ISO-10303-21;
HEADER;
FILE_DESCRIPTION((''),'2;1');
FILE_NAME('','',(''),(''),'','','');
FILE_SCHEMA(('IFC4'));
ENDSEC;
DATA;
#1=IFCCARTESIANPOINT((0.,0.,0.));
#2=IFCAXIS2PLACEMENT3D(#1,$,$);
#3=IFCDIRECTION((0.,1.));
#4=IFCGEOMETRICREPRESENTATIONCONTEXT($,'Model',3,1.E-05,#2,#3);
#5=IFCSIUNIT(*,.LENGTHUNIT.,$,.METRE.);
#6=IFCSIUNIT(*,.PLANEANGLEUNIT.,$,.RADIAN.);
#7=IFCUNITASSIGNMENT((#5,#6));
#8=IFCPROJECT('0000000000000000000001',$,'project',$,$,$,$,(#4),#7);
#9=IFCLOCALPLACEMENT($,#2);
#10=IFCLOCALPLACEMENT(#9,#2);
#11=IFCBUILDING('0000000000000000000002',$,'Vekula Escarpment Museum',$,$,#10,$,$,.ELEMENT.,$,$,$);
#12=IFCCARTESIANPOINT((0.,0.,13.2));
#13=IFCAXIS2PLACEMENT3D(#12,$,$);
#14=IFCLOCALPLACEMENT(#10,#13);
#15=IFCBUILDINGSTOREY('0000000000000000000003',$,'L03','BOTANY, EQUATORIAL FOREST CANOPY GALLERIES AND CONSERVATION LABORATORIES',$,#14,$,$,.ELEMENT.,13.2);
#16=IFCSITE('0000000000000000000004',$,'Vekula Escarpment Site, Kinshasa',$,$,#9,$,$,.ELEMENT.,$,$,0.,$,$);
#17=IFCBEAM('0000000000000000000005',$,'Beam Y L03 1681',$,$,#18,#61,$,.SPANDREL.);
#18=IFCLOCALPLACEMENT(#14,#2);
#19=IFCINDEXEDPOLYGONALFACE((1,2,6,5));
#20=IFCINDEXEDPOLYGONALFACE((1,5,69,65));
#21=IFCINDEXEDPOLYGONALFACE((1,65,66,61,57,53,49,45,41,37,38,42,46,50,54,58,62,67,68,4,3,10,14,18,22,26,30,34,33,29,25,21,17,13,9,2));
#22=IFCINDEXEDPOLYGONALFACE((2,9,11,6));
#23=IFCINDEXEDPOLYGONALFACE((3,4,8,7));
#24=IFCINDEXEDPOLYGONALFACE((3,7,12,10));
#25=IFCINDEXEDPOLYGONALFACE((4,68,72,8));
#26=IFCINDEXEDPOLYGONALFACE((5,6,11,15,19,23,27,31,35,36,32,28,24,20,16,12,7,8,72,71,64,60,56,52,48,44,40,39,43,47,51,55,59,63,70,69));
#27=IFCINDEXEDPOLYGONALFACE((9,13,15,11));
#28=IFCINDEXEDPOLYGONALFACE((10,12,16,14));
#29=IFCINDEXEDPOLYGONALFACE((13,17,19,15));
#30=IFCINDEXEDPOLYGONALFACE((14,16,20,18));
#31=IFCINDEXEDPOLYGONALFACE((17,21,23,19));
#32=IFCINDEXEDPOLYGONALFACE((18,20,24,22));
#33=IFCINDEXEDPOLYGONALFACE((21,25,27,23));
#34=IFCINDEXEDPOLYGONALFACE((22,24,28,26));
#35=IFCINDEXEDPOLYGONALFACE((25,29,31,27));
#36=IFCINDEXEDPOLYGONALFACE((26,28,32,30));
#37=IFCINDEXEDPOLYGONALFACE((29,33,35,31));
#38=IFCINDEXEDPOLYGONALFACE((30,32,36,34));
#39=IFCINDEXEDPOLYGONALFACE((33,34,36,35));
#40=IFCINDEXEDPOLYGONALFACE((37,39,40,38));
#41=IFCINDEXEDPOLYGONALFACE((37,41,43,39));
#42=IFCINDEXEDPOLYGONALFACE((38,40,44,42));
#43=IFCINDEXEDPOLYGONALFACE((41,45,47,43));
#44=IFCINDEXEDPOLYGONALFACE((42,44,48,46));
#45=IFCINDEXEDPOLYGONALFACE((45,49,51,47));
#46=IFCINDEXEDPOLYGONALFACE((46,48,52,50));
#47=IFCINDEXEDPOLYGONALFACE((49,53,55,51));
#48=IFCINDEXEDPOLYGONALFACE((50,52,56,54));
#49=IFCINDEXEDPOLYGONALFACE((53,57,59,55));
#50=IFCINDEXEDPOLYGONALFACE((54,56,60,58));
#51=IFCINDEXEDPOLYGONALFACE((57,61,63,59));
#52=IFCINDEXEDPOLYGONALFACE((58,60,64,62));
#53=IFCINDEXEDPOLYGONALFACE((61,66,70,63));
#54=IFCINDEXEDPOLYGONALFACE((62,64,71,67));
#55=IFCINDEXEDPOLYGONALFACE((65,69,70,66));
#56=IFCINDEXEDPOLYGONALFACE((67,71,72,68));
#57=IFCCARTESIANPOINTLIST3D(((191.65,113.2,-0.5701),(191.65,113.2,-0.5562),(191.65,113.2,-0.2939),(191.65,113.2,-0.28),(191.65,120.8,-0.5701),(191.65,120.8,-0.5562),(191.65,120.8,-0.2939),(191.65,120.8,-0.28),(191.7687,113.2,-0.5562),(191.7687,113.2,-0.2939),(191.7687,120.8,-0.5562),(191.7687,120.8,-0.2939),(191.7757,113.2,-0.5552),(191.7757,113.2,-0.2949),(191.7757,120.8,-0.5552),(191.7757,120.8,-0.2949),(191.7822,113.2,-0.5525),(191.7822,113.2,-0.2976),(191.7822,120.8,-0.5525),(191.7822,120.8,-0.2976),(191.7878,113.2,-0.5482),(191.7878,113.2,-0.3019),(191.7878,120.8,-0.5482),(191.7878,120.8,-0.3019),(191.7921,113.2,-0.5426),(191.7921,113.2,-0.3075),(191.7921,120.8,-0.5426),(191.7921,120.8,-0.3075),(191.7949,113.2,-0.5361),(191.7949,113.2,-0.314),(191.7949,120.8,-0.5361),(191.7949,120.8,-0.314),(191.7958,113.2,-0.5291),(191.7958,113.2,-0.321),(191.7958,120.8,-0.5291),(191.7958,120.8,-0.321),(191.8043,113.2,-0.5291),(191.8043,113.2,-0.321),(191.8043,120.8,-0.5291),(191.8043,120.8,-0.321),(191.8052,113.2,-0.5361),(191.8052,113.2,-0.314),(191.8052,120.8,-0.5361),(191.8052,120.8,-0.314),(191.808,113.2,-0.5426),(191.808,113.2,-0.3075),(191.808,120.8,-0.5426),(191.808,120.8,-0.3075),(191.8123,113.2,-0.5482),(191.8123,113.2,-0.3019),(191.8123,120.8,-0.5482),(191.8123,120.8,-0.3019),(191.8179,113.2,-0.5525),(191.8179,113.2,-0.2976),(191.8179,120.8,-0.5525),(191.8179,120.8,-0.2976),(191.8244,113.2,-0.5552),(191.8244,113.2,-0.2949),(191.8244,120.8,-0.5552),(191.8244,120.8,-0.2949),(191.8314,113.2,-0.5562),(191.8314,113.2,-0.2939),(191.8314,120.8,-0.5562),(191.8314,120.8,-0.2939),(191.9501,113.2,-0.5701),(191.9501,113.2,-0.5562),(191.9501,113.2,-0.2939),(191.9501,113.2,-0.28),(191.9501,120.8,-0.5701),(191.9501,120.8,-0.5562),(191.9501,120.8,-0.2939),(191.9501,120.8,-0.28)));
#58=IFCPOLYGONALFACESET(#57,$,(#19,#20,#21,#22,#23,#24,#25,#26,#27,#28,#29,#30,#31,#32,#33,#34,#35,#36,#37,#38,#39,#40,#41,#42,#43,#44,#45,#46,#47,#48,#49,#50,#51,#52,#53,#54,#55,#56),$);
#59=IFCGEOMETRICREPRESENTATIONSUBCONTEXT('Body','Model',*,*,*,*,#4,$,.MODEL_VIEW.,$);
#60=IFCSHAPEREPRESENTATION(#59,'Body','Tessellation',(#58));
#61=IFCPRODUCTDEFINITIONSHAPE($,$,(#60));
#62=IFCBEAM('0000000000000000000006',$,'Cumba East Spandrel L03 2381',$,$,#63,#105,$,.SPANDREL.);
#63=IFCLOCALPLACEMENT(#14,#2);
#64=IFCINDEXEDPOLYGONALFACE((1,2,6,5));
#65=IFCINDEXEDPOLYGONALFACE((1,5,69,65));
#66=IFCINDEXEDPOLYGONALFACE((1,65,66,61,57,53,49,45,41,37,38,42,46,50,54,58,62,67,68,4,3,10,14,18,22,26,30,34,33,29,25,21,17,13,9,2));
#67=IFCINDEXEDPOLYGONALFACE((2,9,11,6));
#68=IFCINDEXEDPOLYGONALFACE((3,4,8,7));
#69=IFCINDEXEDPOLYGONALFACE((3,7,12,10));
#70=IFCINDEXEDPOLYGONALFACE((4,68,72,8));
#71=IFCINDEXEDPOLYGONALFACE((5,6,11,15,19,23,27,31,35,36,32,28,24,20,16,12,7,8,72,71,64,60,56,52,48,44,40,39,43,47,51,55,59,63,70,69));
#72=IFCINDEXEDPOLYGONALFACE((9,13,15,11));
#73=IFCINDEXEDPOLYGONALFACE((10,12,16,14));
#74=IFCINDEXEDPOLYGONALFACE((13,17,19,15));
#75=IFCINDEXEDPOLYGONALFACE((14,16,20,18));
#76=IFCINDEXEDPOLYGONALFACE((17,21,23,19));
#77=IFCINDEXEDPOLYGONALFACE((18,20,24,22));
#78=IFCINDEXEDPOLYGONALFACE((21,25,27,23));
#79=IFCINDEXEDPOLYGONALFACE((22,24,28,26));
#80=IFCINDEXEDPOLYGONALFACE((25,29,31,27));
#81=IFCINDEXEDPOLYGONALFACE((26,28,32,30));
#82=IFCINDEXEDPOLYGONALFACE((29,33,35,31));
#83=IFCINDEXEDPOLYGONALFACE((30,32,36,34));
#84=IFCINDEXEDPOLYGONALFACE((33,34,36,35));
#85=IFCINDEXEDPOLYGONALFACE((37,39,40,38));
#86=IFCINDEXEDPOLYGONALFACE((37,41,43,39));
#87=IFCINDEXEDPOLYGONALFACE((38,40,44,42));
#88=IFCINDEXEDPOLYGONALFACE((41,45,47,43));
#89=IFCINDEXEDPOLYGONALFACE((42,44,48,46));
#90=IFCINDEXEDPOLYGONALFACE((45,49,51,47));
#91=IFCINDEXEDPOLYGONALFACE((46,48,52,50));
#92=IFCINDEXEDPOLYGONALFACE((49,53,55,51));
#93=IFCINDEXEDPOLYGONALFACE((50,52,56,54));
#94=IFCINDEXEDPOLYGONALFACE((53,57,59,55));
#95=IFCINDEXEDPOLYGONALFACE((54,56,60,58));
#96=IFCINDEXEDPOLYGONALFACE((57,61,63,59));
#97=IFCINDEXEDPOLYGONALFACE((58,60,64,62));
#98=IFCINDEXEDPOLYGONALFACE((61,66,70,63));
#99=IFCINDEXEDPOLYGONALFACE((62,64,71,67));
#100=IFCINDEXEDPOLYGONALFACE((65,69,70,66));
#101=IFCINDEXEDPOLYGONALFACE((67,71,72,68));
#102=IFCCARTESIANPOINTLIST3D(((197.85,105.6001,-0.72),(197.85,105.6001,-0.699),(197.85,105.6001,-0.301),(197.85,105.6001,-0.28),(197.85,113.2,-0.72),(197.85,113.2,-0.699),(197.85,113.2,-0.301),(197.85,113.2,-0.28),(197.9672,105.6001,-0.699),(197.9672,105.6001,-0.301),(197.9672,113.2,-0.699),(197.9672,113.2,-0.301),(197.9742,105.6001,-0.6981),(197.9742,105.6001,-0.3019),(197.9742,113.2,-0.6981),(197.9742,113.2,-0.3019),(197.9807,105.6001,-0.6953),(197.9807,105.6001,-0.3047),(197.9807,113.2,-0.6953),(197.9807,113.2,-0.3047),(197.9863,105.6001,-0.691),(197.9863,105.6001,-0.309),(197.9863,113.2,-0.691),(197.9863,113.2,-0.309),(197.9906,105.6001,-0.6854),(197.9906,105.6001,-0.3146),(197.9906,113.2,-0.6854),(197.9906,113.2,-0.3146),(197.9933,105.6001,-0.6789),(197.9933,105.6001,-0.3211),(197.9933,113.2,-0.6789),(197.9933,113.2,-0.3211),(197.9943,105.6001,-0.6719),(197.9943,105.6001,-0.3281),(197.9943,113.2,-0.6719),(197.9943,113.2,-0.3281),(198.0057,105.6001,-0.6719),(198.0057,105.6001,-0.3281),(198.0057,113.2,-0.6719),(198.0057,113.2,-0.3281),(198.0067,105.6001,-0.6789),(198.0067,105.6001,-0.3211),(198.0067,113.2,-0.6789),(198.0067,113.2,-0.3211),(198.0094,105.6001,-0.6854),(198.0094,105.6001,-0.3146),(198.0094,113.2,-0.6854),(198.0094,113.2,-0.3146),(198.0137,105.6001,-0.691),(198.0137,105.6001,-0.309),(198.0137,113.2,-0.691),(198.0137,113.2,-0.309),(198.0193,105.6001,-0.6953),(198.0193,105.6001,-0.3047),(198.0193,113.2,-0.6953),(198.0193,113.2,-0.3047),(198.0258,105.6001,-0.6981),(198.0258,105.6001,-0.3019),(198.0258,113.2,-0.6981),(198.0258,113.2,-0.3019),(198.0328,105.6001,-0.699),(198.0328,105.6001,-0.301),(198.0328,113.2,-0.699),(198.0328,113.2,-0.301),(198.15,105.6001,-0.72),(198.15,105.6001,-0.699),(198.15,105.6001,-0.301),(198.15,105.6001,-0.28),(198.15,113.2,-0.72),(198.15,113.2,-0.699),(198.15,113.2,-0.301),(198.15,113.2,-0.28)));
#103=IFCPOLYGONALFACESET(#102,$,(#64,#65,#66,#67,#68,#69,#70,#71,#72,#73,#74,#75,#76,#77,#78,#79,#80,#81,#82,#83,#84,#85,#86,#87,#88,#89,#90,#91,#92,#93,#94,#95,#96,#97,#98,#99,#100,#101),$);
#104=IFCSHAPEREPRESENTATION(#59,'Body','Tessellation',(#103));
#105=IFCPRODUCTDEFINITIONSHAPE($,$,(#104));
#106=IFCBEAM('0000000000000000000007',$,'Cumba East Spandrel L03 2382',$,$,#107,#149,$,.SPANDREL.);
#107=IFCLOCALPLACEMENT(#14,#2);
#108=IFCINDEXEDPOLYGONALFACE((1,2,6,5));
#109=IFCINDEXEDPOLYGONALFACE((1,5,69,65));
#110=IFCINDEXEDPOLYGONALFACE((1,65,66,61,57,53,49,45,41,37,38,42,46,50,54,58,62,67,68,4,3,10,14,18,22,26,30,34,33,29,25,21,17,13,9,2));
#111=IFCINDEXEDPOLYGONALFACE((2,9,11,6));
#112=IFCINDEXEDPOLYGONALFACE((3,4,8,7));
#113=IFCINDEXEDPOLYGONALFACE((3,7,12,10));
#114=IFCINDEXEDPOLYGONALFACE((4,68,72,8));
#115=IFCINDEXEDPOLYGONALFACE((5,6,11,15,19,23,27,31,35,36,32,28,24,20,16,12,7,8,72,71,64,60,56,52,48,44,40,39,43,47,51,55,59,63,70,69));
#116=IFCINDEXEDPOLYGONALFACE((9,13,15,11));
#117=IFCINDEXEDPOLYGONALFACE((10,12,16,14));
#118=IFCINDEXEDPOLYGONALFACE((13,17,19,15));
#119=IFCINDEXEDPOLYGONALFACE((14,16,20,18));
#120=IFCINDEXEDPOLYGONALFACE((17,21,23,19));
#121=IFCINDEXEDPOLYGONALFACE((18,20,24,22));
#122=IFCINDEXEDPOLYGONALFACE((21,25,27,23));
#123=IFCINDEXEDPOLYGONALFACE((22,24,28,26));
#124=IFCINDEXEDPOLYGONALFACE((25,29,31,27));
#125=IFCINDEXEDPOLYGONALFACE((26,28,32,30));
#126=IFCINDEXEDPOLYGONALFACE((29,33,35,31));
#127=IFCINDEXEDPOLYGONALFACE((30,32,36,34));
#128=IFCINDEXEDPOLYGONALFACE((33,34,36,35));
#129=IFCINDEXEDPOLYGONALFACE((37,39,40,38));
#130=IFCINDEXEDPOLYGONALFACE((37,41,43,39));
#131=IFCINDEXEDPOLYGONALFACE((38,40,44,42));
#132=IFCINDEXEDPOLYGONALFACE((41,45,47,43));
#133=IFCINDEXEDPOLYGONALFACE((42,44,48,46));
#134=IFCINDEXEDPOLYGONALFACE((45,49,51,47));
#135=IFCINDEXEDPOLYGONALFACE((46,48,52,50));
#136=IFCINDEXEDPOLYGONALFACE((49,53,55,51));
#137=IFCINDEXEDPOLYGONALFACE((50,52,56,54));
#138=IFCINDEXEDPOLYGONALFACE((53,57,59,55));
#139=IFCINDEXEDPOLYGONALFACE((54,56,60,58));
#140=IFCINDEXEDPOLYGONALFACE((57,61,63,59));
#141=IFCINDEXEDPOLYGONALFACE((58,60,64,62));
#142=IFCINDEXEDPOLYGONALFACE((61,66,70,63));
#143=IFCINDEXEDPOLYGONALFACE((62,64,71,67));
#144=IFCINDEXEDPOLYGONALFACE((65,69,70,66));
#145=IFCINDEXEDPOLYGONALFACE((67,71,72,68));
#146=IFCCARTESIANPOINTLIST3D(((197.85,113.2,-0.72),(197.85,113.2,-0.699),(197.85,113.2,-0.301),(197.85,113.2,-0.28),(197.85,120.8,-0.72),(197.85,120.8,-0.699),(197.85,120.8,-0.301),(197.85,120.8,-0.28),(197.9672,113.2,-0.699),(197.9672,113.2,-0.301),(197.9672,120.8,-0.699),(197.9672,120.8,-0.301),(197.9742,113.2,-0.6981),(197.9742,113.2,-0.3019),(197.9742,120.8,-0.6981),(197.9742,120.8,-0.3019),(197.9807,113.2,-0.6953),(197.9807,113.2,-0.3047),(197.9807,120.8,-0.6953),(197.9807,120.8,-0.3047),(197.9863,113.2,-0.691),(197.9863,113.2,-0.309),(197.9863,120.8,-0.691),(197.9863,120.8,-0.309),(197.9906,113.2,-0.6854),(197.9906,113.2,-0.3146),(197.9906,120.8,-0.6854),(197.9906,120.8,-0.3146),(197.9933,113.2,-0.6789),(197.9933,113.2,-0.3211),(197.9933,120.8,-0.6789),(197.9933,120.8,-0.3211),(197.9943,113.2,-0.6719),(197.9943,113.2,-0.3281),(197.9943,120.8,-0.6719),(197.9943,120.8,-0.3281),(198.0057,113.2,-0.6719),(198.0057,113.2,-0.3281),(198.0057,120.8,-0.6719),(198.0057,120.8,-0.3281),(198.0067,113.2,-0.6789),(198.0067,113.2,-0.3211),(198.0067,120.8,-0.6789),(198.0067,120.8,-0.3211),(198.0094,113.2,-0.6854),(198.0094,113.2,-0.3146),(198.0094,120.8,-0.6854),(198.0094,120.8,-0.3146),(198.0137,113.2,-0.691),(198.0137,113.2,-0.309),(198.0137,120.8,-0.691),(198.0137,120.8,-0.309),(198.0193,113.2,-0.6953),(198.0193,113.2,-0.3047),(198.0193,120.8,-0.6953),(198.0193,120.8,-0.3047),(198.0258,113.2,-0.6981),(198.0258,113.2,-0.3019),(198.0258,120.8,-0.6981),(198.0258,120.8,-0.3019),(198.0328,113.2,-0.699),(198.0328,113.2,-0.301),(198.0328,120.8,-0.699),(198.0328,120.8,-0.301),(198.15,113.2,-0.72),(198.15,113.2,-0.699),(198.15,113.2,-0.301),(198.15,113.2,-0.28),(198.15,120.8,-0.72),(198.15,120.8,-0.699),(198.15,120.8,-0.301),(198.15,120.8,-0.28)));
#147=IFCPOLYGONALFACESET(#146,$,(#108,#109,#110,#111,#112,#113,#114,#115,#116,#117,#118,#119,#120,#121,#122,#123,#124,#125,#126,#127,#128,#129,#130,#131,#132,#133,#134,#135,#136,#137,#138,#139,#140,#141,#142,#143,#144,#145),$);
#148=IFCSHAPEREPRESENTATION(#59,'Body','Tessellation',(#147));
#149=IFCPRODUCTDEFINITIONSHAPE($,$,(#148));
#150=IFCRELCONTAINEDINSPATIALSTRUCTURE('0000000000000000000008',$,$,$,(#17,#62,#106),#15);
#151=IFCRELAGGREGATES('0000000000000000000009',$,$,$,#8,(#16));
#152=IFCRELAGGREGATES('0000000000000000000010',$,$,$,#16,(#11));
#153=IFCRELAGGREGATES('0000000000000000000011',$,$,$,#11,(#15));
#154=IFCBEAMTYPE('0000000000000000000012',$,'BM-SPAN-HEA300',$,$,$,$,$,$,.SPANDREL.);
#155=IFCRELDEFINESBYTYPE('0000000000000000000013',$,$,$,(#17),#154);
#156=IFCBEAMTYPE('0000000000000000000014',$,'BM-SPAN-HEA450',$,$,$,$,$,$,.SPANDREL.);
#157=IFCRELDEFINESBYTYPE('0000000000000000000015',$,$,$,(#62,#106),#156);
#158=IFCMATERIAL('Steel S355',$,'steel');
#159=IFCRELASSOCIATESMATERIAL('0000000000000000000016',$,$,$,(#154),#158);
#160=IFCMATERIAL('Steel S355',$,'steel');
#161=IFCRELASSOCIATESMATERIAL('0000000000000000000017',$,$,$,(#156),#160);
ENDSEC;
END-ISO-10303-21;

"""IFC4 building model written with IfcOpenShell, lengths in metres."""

from ifc_helpers import new_model, si_unit, direction, frame, origin, origin_2d, place, context, subcontext, project, spatial, i_section, extrude, material, material_profile, profile_set, type_object, element, save


model = new_model("IFC4")

# Units and contexts
model_context = context("Model", 3, precision=1e-05, world=origin(), true_north=direction((0.0, 1.0)))
body_context = subcontext(model_context, "Body", "Model", "MODEL_VIEW")
ifc_project = project(units=[si_unit("LENGTHUNIT", "METRE"), si_unit("PLANEANGLEUNIT", "RADIAN")], contexts=[model_context])

# Site, building, storey
site_placement = place(None, origin())
site = spatial("IfcSite", under=ifc_project, at=site_placement, Name="Vekula Escarpment Site, Kinshasa", CompositionType="ELEMENT", RefElevation=0.0)
building_placement = place(site_placement, origin())
building = spatial("IfcBuilding", under=site, at=building_placement, Name="Vekula Escarpment Museum", CompositionType="ELEMENT")
storey_placement = place(building_placement, frame((0.0, 0.0, 13.2)))
storey = spatial("IfcBuildingStorey", under=building, at=storey_placement, Name="L03", Description="BOTANY, EQUATORIAL FOREST CANOPY GALLERIES AND CONSERVATION LABORATORIES", CompositionType="ELEMENT", Elevation=13.2)

# Beams
ifc_material_1 = material(Name="Steel S355", Category="steel")
ifc_material_profile_1 = material_profile(ifc_material_1, i_section(OverallWidth=0.3, OverallDepth=0.29, WebThickness=0.0085, FlangeThickness=0.0139, FilletRadius=0.0271, at=origin_2d()), Name="HEA 300")
ifc_profile_set_1 = profile_set([ifc_material_profile_1], Name="Steel S355")
beam_type_1 = type_object("IfcBeamType", Name="BM-SPAN-HEA300", PredefinedType="SPANDREL", material=ifc_profile_set_1)
beam_1_placement = place(storey_placement, frame((191.8, 113.2, -0.425), z_axis=(0.0, 1.0, 0.0), x_axis=(-1.0, 0.0, 0.0)))
element("IfcBeam", 1, at=beam_1_placement, inside=storey, type_object=beam_type_1, Name="Beam Y L03 1681", PredefinedType="SPANDREL", context=body_context, shape_type="SweptSolid", body=[
    extrude(i_section(OverallWidth=0.3, OverallDepth=0.29, WebThickness=0.0085, FlangeThickness=0.0139, FilletRadius=0.0271, at=origin_2d()), origin(), (0.0, 0.0, 1.0), 7.6001),
])
ifc_material_2 = material(Name="Steel S355", Category="steel")
ifc_material_profile_2 = material_profile(ifc_material_2, i_section(OverallWidth=0.3, OverallDepth=0.4399, WebThickness=0.0115, FlangeThickness=0.021, FilletRadius=0.0271, at=origin_2d()), Name="HEA 450")
ifc_profile_set_2 = profile_set([ifc_material_profile_2], Name="Steel S355")
beam_type_2 = type_object("IfcBeamType", Name="BM-SPAN-HEA450", PredefinedType="SPANDREL", material=ifc_profile_set_2)
beam_2_placement = place(storey_placement, frame((198.0, 105.6001, -0.5), z_axis=(0.0, 1.0, 0.0), x_axis=(-1.0, 0.0, 0.0)))
element("IfcBeam", 2, at=beam_2_placement, inside=storey, type_object=beam_type_2, Name="Cumba East Spandrel L03 2381", PredefinedType="SPANDREL", context=body_context, shape_type="SweptSolid", body=[
    extrude(i_section(OverallWidth=0.3, OverallDepth=0.4399, WebThickness=0.0115, FlangeThickness=0.021, FilletRadius=0.0271, at=origin_2d()), origin(), (0.0, 0.0, 1.0), 7.5999),
])
beam_3_placement = place(storey_placement, frame((198.0, 113.2, -0.5), z_axis=(0.0, 1.0, 0.0), x_axis=(-1.0, 0.0, 0.0)))
element("IfcBeam", 3, at=beam_3_placement, inside=storey, type_object=beam_type_2, Name="Cumba East Spandrel L03 2382", PredefinedType="SPANDREL", context=body_context, shape_type="SweptSolid", body=[
    extrude(i_section(OverallWidth=0.3, OverallDepth=0.4399, WebThickness=0.0115, FlangeThickness=0.021, FilletRadius=0.0271, at=origin_2d()), origin(), (0.0, 0.0, 1.0), 7.6001),
])

save(model, "model.ifc")
